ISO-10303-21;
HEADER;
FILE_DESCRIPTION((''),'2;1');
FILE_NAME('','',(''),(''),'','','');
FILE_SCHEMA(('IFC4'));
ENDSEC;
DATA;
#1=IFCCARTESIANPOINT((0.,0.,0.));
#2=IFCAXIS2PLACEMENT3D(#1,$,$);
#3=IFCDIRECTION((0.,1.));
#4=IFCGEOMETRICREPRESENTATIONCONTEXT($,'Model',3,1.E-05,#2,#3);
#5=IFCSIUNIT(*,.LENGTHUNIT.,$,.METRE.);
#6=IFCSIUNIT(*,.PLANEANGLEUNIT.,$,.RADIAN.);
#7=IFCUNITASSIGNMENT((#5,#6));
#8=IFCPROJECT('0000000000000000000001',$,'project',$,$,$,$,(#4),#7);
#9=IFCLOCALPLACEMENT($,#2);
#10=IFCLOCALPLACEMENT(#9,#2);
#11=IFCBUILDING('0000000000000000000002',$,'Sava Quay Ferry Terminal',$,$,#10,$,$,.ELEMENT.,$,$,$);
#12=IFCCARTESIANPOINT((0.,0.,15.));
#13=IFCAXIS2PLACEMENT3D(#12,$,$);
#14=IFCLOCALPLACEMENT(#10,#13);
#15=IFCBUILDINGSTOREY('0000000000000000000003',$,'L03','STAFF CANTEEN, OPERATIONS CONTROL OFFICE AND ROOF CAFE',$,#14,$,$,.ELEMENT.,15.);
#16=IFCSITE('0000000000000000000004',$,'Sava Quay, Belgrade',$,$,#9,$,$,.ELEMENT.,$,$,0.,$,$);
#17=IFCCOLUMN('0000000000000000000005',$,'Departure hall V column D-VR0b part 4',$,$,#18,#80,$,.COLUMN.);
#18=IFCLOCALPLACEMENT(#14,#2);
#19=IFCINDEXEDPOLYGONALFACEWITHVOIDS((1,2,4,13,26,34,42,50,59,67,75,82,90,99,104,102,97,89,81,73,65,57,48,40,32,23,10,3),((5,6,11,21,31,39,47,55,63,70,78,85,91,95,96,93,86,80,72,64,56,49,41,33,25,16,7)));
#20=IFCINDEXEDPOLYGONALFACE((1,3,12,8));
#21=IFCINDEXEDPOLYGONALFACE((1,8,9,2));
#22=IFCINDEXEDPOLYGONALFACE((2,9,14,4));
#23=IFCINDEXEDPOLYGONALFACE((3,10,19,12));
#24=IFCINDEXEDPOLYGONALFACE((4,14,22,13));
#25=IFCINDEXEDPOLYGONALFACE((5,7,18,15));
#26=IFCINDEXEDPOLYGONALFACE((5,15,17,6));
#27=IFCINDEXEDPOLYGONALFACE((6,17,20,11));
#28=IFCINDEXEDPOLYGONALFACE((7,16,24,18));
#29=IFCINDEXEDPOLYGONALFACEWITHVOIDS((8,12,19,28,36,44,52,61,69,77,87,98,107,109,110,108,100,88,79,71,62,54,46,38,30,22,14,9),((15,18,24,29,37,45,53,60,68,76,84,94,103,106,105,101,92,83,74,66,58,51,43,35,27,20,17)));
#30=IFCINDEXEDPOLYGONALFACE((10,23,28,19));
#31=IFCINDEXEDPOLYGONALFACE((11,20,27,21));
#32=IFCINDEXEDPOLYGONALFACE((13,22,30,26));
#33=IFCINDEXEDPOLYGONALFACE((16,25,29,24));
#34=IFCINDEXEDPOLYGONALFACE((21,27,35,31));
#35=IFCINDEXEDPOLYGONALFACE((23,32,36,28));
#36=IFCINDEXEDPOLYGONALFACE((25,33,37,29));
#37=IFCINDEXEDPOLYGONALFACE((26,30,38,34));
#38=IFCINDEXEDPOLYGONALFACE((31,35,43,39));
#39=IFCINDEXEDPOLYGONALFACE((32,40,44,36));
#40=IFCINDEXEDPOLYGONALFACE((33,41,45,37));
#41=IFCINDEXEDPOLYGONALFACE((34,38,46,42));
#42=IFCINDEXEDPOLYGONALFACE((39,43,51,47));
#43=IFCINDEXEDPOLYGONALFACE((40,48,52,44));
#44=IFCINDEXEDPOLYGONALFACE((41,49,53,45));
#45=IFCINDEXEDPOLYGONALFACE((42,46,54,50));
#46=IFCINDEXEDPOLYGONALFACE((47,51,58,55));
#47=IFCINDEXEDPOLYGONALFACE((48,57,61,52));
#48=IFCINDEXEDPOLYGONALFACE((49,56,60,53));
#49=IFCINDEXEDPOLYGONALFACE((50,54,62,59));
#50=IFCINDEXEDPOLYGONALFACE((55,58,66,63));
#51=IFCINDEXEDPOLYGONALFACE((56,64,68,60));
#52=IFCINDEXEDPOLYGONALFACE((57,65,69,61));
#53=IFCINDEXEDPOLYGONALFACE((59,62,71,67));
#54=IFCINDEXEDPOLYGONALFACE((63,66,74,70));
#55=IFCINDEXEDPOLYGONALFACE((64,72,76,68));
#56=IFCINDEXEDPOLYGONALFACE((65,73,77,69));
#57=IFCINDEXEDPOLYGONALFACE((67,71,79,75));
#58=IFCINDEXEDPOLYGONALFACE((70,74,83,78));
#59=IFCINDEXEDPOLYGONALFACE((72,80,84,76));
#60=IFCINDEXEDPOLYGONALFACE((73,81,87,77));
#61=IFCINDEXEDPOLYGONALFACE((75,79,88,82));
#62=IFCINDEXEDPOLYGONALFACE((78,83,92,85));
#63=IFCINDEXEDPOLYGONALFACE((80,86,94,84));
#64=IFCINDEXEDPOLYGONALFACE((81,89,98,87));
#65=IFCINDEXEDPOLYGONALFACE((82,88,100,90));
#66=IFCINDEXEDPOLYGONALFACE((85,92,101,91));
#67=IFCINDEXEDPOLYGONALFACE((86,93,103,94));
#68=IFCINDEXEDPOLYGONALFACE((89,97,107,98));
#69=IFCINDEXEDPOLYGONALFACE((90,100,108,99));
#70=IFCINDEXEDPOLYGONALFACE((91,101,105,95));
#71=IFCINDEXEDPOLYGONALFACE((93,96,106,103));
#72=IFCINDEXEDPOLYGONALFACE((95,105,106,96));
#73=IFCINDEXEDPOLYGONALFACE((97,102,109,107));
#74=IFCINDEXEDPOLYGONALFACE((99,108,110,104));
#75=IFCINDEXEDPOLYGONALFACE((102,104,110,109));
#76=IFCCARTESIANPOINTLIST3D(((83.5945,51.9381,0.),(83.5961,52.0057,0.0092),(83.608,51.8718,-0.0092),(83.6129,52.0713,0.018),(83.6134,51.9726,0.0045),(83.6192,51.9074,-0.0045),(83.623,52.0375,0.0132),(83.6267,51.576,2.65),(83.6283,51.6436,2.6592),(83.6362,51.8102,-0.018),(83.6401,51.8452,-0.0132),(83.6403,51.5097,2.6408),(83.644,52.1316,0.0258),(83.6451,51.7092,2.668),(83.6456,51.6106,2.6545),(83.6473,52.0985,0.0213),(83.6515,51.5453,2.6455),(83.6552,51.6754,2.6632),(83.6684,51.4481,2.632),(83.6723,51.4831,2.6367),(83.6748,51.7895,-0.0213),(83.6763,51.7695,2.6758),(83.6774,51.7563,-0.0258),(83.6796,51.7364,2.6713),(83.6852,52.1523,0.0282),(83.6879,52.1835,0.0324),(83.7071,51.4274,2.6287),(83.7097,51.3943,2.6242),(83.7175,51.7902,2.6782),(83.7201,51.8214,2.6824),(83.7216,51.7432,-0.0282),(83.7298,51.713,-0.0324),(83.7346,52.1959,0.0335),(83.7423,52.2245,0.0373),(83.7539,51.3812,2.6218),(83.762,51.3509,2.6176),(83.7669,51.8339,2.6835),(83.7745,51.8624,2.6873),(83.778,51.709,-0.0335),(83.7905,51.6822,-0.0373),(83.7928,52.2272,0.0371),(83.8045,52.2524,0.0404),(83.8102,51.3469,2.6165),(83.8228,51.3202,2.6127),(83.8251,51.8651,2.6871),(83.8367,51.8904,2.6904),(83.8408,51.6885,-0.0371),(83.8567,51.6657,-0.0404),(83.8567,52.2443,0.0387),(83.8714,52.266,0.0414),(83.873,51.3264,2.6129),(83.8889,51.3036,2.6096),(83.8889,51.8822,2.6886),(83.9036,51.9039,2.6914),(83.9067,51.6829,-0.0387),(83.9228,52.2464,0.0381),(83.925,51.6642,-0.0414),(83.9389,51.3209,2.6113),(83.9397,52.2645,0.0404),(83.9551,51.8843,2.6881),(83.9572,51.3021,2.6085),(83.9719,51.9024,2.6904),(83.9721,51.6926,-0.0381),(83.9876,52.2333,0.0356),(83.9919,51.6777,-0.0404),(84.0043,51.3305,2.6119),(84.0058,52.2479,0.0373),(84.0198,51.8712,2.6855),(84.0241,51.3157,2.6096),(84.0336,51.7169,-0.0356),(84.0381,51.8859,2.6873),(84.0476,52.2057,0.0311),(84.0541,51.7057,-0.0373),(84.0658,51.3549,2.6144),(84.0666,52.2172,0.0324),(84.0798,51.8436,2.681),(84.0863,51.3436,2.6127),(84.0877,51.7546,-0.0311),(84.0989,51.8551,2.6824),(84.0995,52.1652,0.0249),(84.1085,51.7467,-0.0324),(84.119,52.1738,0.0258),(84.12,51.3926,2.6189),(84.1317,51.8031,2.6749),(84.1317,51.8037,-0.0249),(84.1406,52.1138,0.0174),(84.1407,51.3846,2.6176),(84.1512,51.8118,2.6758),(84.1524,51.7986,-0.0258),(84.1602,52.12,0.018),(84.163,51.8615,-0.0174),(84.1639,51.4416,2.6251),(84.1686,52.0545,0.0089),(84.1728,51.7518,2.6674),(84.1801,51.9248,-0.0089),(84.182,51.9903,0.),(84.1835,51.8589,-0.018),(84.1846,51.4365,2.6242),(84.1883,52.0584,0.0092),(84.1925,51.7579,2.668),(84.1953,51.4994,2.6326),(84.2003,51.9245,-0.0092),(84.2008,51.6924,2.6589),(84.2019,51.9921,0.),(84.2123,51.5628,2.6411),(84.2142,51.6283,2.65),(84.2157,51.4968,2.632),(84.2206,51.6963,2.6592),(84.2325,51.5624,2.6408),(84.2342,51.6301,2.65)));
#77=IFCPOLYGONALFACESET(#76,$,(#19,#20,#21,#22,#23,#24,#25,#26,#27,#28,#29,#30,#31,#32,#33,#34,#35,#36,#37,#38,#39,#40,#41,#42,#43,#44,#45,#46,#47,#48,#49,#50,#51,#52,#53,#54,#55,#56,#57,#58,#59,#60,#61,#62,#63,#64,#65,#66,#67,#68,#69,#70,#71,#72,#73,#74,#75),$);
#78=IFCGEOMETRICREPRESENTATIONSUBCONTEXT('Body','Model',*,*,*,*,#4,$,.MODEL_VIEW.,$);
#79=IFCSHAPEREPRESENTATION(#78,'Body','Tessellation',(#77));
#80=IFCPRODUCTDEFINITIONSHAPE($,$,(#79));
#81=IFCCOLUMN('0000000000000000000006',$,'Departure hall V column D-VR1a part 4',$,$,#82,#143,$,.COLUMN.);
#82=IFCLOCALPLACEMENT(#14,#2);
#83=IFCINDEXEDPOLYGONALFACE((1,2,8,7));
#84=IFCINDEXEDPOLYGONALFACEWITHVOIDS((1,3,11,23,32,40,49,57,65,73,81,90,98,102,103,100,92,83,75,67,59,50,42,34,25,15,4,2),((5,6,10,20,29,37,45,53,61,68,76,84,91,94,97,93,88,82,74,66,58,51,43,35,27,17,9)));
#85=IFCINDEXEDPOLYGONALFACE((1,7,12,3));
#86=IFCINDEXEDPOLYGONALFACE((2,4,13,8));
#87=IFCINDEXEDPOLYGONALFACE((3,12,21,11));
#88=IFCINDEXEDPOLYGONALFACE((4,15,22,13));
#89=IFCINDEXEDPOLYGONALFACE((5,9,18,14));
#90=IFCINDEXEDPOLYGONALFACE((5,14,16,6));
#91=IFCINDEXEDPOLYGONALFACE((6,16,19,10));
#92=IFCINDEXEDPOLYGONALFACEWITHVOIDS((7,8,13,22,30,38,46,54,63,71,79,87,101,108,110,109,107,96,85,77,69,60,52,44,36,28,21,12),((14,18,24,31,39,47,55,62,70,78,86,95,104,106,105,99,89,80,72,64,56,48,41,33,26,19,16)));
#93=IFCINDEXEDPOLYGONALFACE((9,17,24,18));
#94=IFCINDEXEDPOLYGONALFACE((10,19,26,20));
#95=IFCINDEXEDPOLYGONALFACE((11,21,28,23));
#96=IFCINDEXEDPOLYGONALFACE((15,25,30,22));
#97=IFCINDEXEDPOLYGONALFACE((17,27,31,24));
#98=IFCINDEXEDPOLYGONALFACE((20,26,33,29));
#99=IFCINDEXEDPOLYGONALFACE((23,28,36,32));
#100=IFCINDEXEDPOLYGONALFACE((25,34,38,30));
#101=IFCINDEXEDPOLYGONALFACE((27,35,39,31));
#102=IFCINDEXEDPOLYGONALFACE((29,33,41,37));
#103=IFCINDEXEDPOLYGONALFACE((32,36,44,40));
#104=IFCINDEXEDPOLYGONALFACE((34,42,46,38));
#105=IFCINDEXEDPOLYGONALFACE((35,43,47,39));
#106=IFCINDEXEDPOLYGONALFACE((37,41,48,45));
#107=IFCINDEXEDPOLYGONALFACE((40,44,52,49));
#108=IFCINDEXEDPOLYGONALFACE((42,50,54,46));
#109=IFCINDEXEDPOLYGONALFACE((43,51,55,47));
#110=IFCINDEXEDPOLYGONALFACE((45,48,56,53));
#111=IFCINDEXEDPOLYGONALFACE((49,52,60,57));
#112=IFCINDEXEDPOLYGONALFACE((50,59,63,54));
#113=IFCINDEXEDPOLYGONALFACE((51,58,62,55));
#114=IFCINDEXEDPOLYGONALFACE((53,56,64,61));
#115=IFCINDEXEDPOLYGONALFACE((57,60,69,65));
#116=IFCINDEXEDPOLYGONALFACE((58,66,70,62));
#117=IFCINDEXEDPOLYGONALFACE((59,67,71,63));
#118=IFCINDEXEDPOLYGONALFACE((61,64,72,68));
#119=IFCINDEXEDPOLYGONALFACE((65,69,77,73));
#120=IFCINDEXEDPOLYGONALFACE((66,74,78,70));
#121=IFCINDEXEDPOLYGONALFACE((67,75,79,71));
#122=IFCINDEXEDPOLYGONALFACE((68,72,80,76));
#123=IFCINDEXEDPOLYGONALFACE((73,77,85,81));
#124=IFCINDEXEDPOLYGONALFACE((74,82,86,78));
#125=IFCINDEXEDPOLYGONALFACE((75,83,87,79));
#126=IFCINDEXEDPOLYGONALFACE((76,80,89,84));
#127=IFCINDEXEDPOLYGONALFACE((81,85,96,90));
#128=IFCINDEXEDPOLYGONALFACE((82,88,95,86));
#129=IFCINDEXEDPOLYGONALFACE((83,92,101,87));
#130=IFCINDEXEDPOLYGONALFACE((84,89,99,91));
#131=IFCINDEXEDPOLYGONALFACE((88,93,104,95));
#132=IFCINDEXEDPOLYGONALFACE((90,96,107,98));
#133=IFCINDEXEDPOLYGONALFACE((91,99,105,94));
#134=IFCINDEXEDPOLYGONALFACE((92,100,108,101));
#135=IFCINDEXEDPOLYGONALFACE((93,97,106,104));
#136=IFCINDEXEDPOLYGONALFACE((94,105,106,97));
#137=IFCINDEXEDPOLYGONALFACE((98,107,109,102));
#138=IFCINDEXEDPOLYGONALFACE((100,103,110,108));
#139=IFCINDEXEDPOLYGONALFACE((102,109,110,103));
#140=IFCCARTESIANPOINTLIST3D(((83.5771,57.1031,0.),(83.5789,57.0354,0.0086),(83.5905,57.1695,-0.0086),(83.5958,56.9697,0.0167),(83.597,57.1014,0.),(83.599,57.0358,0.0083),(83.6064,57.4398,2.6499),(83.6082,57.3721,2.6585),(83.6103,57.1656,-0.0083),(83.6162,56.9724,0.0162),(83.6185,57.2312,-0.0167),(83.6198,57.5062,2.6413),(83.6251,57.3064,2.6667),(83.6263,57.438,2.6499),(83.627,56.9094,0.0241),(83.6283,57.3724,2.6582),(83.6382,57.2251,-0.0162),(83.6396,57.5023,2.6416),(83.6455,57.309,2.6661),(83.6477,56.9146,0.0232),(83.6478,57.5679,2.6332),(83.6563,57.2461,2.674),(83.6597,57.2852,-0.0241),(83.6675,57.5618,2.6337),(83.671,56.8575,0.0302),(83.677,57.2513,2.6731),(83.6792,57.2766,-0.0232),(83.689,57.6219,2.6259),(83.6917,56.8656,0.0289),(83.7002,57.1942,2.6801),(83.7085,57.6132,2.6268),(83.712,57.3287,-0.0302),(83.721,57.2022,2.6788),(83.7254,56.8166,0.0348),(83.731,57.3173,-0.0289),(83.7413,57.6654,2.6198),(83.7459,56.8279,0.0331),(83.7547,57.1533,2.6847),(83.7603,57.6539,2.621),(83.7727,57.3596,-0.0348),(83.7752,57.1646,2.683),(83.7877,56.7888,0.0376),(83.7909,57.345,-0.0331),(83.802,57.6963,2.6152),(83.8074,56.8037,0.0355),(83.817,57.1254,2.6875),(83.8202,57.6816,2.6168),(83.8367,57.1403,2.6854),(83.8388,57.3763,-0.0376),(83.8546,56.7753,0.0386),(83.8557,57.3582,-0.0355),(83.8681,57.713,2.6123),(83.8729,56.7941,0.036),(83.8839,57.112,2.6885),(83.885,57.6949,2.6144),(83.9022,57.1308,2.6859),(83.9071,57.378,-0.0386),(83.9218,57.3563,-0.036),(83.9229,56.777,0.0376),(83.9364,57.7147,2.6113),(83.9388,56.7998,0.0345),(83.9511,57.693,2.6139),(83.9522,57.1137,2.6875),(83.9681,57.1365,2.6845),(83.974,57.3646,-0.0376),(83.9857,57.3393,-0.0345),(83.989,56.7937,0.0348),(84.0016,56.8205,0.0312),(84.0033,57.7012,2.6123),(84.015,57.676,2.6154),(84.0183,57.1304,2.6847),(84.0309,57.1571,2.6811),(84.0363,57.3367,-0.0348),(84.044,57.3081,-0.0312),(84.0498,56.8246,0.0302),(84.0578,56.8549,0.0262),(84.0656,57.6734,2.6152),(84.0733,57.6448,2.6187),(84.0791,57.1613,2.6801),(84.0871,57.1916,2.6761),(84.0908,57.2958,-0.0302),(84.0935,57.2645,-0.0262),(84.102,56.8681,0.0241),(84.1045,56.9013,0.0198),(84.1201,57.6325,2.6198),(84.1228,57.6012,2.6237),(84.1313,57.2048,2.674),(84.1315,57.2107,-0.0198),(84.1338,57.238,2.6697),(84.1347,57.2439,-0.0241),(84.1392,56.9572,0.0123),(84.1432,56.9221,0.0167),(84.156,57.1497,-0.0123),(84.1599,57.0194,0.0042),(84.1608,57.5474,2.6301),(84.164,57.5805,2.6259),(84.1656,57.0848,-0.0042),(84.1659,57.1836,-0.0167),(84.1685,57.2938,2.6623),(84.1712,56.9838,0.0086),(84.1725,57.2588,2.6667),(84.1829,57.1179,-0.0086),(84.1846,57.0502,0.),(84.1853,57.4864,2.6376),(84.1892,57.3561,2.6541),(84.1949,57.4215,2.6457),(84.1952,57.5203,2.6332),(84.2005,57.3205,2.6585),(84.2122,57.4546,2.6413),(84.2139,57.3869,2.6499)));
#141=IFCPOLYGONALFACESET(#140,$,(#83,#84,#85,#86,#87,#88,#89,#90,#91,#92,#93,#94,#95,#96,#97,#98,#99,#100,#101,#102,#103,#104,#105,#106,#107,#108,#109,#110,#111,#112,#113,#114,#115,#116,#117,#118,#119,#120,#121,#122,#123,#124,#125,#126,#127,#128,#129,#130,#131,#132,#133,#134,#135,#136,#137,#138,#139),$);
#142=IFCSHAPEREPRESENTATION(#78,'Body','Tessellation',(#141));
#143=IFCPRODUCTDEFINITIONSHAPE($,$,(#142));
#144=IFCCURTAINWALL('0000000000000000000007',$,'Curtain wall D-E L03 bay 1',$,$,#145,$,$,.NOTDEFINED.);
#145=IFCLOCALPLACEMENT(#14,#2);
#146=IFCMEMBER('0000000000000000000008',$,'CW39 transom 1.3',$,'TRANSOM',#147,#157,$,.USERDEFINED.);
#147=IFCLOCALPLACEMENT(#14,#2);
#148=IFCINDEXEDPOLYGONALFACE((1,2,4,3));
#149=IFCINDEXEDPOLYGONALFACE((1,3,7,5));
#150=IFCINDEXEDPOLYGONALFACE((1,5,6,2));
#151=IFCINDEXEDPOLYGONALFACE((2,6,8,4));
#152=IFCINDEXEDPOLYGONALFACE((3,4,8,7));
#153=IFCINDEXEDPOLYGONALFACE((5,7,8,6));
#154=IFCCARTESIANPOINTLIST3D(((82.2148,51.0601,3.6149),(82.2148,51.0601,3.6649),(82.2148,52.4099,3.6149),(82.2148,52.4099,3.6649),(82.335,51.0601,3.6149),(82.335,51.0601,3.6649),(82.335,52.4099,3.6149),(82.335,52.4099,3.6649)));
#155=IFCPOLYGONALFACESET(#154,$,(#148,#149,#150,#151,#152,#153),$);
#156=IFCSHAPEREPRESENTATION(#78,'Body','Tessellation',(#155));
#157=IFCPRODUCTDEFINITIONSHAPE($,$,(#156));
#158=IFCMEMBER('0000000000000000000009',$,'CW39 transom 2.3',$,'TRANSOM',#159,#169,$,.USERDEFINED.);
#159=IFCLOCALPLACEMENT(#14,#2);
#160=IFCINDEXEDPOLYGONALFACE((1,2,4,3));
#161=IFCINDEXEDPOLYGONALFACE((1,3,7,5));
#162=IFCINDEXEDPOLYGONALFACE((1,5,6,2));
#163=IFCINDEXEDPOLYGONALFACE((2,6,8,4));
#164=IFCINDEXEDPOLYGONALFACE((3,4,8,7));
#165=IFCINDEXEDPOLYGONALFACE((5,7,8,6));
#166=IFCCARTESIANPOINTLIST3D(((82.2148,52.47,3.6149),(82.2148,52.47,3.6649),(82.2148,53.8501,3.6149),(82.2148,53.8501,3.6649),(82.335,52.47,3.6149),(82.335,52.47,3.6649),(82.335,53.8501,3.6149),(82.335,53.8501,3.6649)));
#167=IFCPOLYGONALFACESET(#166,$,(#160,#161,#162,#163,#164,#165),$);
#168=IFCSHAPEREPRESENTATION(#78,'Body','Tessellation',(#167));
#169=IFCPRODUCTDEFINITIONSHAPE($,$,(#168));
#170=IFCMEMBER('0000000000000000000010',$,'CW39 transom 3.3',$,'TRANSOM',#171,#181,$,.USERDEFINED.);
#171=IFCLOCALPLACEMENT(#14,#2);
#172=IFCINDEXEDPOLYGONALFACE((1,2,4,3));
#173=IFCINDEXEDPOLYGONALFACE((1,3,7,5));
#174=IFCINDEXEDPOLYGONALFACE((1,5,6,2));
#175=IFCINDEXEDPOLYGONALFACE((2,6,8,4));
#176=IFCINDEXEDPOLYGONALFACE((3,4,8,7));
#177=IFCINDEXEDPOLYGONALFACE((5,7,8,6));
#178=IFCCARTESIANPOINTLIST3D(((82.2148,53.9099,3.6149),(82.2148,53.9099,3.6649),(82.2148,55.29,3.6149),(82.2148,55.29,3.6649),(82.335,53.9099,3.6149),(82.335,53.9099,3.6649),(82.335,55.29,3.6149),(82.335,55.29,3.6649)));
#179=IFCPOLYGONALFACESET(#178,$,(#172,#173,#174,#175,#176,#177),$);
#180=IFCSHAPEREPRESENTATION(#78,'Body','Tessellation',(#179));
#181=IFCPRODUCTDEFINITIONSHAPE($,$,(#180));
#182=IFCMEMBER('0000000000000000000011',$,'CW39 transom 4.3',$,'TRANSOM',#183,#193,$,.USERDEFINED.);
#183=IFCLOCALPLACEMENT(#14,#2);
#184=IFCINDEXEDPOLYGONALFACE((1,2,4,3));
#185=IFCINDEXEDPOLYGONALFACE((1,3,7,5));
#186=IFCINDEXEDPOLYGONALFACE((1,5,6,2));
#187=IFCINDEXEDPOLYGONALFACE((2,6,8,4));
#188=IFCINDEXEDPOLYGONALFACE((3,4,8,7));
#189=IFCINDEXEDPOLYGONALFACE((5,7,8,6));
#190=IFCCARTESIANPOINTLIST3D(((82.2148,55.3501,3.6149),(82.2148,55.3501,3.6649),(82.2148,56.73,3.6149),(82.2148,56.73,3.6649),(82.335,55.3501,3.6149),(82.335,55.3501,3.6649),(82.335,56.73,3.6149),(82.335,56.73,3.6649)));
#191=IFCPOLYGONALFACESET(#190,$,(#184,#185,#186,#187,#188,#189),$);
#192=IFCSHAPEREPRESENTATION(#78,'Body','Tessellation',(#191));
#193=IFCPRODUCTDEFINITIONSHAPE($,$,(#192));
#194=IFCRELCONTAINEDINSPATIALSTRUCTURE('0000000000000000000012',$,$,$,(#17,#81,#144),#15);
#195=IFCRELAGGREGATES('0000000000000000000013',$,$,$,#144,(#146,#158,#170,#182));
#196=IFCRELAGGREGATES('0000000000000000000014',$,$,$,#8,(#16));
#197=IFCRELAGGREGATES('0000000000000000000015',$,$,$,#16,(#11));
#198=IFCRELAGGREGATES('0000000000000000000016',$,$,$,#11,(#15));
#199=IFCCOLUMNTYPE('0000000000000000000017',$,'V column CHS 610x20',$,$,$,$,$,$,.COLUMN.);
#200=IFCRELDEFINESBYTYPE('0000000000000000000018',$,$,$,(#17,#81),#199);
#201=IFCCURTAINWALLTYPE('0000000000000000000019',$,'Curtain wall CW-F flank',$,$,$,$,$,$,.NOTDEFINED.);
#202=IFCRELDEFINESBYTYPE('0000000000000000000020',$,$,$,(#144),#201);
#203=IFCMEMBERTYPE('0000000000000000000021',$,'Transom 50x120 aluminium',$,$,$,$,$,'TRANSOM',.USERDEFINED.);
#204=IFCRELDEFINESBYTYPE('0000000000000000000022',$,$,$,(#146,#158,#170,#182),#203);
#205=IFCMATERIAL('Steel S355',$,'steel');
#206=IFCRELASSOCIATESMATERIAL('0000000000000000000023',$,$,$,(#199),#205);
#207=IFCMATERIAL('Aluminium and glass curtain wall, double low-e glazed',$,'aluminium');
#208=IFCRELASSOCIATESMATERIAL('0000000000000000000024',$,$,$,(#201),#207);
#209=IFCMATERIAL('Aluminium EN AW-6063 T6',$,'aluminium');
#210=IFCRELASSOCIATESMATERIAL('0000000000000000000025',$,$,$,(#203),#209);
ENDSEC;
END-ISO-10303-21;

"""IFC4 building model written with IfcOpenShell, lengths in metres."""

from ifc_helpers import new_model, si_unit, direction, frame, origin, origin_2d, place, context, subcontext, project, spatial, rectangle, hollow_circle, extrude, material, material_profile, profile_set, type_object, element, aggregate, save


model = new_model("IFC4")

# Units and contexts
model_context = context("Model", 3, precision=1e-05, world=origin(), true_north=direction((0.0, 1.0)))
body_context = subcontext(model_context, "Body", "Model", "MODEL_VIEW")
ifc_project = project(units=[si_unit("LENGTHUNIT", "METRE"), si_unit("PLANEANGLEUNIT", "RADIAN")], contexts=[model_context])

# Site, building, storey
site_placement = place(None, origin())
site = spatial("IfcSite", under=ifc_project, at=site_placement, Name="Sava Quay, Belgrade", CompositionType="ELEMENT", RefElevation=0.0)
building_placement = place(site_placement, origin())
building = spatial("IfcBuilding", under=site, at=building_placement, Name="Sava Quay Ferry Terminal", CompositionType="ELEMENT")
storey_placement = place(building_placement, frame((0.0, 0.0, 15.0)))
storey = spatial("IfcBuildingStorey", under=building, at=storey_placement, Name="L03", Description="STAFF CANTEEN, OPERATIONS CONTROL OFFICE AND ROOF CAFE", CompositionType="ELEMENT", Elevation=15.0)

# Columns
ifc_material_1 = material(Name="Steel S355", Category="steel")
ifc_material_profile_1 = material_profile(ifc_material_1, hollow_circle(Radius=0.3049, WallThickness=0.02, at=origin_2d()), Name="CHS 610 x 20.0")
ifc_profile_set_1 = profile_set([ifc_material_profile_1], Name="Steel S355")
column_type = type_object("IfcColumnType", Name="V column CHS 610x20", PredefinedType="COLUMN", material=ifc_profile_set_1)
column_1_placement = place(storey_placement, frame((83.8982, 51.9651, 0.0), z_axis=(0.012049, -0.135364, 0.990723), x_axis=(0.996062, 0.088658, 0.0)))
element("IfcColumn", 1, at=column_1_placement, inside=storey, type_object=column_type, Name="Departure hall V column D-VR0b part 4", PredefinedType="COLUMN", context=body_context, shape_type="SweptSolid", body=[
    extrude(hollow_circle(Radius=0.3049, WallThickness=0.02, at=origin_2d()), origin(), (0.0, 0.0, 1.0), 2.6748),
])
column_2_placement = place(storey_placement, frame((83.8809, 57.0767, 0.0), z_axis=(0.010967, 0.126029, 0.991966), x_axis=(-0.996235, 0.086692, 0.0)))
element("IfcColumn", 2, at=column_2_placement, inside=storey, type_object=column_type, Name="Departure hall V column D-VR1a part 4", PredefinedType="COLUMN", context=body_context, shape_type="SweptSolid", body=[
    extrude(hollow_circle(Radius=0.3049, WallThickness=0.02, at=origin_2d()), origin(), (0.0, 0.0, 1.0), 2.6714),
])

# Curtain wall, members
ifc_material_2 = material(Name="Aluminium and glass curtain wall, double low-e glazed", Category="aluminium")
curtain_wall_type = type_object("IfcCurtainWallType", Name="Curtain wall CW-F flank", PredefinedType="NOTDEFINED", material=ifc_material_2)
curtain_wall_placement = place(storey_placement, origin())
curtain_wall = element("IfcCurtainWall", 3, at=curtain_wall_placement, inside=storey, type_object=curtain_wall_type, Name="Curtain wall D-E L03 bay 1", PredefinedType="NOTDEFINED")
ifc_material_3 = material(Name="Aluminium EN AW-6063 T6", Category="aluminium")
ifc_material_profile_2 = material_profile(ifc_material_3, rectangle(XDim=0.1201, YDim=0.05, at=origin_2d()), Name="Transom 50x120 aluminium")
ifc_profile_set_2 = profile_set([ifc_material_profile_2], Name="Aluminium EN AW-6063 T6")
member_type = type_object("IfcMemberType", Name="Transom 50x120 aluminium", ElementType="TRANSOM", PredefinedType="USERDEFINED", material=ifc_profile_set_2)
member_1_placement = place(storey_placement, frame((82.2749, 51.0601, 3.6399), z_axis=(0.0, 1.0, 0.0), x_axis=(-1.0, 0.0, 0.0)))
member_1 = element("IfcMember", 4, at=member_1_placement, type_object=member_type, Name="CW39 transom 1.3", ObjectType="TRANSOM", PredefinedType="USERDEFINED", context=body_context, shape_type="SweptSolid", body=[
    extrude(rectangle(XDim=0.1201, YDim=0.05, at=origin_2d()), origin(), (0.0, 0.0, 1.0), 1.3499),
])
member_2_placement = place(storey_placement, frame((82.2749, 52.47, 3.6399), z_axis=(0.0, 1.0, 0.0), x_axis=(-1.0, 0.0, 0.0)))
member_2 = element("IfcMember", 5, at=member_2_placement, type_object=member_type, Name="CW39 transom 2.3", ObjectType="TRANSOM", PredefinedType="USERDEFINED", context=body_context, shape_type="SweptSolid", body=[
    extrude(rectangle(XDim=0.1201, YDim=0.05, at=origin_2d()), origin(), (0.0, 0.0, 1.0), 1.3801),
])
member_3_placement = place(storey_placement, frame((82.2749, 53.9099, 3.6399), z_axis=(0.0, 1.0, 0.0), x_axis=(-1.0, 0.0, 0.0)))
member_3 = element("IfcMember", 6, at=member_3_placement, type_object=member_type, Name="CW39 transom 3.3", ObjectType="TRANSOM", PredefinedType="USERDEFINED", context=body_context, shape_type="SweptSolid", body=[
    extrude(rectangle(XDim=0.1201, YDim=0.05, at=origin_2d()), origin(), (0.0, 0.0, 1.0), 1.3801),
])
member_4_placement = place(storey_placement, frame((82.2749, 55.3501, 3.6399), z_axis=(0.0, 1.0, 0.0), x_axis=(-1.0, 0.0, 0.0)))
member_4 = element("IfcMember", 7, at=member_4_placement, type_object=member_type, Name="CW39 transom 4.3", ObjectType="TRANSOM", PredefinedType="USERDEFINED", context=body_context, shape_type="SweptSolid", body=[
    extrude(rectangle(XDim=0.1201, YDim=0.05, at=origin_2d()), origin(), (0.0, 0.0, 1.0), 1.3799),
])
aggregate(curtain_wall, [member_1, member_2, member_3, member_4])

save(model, "model.ifc")
